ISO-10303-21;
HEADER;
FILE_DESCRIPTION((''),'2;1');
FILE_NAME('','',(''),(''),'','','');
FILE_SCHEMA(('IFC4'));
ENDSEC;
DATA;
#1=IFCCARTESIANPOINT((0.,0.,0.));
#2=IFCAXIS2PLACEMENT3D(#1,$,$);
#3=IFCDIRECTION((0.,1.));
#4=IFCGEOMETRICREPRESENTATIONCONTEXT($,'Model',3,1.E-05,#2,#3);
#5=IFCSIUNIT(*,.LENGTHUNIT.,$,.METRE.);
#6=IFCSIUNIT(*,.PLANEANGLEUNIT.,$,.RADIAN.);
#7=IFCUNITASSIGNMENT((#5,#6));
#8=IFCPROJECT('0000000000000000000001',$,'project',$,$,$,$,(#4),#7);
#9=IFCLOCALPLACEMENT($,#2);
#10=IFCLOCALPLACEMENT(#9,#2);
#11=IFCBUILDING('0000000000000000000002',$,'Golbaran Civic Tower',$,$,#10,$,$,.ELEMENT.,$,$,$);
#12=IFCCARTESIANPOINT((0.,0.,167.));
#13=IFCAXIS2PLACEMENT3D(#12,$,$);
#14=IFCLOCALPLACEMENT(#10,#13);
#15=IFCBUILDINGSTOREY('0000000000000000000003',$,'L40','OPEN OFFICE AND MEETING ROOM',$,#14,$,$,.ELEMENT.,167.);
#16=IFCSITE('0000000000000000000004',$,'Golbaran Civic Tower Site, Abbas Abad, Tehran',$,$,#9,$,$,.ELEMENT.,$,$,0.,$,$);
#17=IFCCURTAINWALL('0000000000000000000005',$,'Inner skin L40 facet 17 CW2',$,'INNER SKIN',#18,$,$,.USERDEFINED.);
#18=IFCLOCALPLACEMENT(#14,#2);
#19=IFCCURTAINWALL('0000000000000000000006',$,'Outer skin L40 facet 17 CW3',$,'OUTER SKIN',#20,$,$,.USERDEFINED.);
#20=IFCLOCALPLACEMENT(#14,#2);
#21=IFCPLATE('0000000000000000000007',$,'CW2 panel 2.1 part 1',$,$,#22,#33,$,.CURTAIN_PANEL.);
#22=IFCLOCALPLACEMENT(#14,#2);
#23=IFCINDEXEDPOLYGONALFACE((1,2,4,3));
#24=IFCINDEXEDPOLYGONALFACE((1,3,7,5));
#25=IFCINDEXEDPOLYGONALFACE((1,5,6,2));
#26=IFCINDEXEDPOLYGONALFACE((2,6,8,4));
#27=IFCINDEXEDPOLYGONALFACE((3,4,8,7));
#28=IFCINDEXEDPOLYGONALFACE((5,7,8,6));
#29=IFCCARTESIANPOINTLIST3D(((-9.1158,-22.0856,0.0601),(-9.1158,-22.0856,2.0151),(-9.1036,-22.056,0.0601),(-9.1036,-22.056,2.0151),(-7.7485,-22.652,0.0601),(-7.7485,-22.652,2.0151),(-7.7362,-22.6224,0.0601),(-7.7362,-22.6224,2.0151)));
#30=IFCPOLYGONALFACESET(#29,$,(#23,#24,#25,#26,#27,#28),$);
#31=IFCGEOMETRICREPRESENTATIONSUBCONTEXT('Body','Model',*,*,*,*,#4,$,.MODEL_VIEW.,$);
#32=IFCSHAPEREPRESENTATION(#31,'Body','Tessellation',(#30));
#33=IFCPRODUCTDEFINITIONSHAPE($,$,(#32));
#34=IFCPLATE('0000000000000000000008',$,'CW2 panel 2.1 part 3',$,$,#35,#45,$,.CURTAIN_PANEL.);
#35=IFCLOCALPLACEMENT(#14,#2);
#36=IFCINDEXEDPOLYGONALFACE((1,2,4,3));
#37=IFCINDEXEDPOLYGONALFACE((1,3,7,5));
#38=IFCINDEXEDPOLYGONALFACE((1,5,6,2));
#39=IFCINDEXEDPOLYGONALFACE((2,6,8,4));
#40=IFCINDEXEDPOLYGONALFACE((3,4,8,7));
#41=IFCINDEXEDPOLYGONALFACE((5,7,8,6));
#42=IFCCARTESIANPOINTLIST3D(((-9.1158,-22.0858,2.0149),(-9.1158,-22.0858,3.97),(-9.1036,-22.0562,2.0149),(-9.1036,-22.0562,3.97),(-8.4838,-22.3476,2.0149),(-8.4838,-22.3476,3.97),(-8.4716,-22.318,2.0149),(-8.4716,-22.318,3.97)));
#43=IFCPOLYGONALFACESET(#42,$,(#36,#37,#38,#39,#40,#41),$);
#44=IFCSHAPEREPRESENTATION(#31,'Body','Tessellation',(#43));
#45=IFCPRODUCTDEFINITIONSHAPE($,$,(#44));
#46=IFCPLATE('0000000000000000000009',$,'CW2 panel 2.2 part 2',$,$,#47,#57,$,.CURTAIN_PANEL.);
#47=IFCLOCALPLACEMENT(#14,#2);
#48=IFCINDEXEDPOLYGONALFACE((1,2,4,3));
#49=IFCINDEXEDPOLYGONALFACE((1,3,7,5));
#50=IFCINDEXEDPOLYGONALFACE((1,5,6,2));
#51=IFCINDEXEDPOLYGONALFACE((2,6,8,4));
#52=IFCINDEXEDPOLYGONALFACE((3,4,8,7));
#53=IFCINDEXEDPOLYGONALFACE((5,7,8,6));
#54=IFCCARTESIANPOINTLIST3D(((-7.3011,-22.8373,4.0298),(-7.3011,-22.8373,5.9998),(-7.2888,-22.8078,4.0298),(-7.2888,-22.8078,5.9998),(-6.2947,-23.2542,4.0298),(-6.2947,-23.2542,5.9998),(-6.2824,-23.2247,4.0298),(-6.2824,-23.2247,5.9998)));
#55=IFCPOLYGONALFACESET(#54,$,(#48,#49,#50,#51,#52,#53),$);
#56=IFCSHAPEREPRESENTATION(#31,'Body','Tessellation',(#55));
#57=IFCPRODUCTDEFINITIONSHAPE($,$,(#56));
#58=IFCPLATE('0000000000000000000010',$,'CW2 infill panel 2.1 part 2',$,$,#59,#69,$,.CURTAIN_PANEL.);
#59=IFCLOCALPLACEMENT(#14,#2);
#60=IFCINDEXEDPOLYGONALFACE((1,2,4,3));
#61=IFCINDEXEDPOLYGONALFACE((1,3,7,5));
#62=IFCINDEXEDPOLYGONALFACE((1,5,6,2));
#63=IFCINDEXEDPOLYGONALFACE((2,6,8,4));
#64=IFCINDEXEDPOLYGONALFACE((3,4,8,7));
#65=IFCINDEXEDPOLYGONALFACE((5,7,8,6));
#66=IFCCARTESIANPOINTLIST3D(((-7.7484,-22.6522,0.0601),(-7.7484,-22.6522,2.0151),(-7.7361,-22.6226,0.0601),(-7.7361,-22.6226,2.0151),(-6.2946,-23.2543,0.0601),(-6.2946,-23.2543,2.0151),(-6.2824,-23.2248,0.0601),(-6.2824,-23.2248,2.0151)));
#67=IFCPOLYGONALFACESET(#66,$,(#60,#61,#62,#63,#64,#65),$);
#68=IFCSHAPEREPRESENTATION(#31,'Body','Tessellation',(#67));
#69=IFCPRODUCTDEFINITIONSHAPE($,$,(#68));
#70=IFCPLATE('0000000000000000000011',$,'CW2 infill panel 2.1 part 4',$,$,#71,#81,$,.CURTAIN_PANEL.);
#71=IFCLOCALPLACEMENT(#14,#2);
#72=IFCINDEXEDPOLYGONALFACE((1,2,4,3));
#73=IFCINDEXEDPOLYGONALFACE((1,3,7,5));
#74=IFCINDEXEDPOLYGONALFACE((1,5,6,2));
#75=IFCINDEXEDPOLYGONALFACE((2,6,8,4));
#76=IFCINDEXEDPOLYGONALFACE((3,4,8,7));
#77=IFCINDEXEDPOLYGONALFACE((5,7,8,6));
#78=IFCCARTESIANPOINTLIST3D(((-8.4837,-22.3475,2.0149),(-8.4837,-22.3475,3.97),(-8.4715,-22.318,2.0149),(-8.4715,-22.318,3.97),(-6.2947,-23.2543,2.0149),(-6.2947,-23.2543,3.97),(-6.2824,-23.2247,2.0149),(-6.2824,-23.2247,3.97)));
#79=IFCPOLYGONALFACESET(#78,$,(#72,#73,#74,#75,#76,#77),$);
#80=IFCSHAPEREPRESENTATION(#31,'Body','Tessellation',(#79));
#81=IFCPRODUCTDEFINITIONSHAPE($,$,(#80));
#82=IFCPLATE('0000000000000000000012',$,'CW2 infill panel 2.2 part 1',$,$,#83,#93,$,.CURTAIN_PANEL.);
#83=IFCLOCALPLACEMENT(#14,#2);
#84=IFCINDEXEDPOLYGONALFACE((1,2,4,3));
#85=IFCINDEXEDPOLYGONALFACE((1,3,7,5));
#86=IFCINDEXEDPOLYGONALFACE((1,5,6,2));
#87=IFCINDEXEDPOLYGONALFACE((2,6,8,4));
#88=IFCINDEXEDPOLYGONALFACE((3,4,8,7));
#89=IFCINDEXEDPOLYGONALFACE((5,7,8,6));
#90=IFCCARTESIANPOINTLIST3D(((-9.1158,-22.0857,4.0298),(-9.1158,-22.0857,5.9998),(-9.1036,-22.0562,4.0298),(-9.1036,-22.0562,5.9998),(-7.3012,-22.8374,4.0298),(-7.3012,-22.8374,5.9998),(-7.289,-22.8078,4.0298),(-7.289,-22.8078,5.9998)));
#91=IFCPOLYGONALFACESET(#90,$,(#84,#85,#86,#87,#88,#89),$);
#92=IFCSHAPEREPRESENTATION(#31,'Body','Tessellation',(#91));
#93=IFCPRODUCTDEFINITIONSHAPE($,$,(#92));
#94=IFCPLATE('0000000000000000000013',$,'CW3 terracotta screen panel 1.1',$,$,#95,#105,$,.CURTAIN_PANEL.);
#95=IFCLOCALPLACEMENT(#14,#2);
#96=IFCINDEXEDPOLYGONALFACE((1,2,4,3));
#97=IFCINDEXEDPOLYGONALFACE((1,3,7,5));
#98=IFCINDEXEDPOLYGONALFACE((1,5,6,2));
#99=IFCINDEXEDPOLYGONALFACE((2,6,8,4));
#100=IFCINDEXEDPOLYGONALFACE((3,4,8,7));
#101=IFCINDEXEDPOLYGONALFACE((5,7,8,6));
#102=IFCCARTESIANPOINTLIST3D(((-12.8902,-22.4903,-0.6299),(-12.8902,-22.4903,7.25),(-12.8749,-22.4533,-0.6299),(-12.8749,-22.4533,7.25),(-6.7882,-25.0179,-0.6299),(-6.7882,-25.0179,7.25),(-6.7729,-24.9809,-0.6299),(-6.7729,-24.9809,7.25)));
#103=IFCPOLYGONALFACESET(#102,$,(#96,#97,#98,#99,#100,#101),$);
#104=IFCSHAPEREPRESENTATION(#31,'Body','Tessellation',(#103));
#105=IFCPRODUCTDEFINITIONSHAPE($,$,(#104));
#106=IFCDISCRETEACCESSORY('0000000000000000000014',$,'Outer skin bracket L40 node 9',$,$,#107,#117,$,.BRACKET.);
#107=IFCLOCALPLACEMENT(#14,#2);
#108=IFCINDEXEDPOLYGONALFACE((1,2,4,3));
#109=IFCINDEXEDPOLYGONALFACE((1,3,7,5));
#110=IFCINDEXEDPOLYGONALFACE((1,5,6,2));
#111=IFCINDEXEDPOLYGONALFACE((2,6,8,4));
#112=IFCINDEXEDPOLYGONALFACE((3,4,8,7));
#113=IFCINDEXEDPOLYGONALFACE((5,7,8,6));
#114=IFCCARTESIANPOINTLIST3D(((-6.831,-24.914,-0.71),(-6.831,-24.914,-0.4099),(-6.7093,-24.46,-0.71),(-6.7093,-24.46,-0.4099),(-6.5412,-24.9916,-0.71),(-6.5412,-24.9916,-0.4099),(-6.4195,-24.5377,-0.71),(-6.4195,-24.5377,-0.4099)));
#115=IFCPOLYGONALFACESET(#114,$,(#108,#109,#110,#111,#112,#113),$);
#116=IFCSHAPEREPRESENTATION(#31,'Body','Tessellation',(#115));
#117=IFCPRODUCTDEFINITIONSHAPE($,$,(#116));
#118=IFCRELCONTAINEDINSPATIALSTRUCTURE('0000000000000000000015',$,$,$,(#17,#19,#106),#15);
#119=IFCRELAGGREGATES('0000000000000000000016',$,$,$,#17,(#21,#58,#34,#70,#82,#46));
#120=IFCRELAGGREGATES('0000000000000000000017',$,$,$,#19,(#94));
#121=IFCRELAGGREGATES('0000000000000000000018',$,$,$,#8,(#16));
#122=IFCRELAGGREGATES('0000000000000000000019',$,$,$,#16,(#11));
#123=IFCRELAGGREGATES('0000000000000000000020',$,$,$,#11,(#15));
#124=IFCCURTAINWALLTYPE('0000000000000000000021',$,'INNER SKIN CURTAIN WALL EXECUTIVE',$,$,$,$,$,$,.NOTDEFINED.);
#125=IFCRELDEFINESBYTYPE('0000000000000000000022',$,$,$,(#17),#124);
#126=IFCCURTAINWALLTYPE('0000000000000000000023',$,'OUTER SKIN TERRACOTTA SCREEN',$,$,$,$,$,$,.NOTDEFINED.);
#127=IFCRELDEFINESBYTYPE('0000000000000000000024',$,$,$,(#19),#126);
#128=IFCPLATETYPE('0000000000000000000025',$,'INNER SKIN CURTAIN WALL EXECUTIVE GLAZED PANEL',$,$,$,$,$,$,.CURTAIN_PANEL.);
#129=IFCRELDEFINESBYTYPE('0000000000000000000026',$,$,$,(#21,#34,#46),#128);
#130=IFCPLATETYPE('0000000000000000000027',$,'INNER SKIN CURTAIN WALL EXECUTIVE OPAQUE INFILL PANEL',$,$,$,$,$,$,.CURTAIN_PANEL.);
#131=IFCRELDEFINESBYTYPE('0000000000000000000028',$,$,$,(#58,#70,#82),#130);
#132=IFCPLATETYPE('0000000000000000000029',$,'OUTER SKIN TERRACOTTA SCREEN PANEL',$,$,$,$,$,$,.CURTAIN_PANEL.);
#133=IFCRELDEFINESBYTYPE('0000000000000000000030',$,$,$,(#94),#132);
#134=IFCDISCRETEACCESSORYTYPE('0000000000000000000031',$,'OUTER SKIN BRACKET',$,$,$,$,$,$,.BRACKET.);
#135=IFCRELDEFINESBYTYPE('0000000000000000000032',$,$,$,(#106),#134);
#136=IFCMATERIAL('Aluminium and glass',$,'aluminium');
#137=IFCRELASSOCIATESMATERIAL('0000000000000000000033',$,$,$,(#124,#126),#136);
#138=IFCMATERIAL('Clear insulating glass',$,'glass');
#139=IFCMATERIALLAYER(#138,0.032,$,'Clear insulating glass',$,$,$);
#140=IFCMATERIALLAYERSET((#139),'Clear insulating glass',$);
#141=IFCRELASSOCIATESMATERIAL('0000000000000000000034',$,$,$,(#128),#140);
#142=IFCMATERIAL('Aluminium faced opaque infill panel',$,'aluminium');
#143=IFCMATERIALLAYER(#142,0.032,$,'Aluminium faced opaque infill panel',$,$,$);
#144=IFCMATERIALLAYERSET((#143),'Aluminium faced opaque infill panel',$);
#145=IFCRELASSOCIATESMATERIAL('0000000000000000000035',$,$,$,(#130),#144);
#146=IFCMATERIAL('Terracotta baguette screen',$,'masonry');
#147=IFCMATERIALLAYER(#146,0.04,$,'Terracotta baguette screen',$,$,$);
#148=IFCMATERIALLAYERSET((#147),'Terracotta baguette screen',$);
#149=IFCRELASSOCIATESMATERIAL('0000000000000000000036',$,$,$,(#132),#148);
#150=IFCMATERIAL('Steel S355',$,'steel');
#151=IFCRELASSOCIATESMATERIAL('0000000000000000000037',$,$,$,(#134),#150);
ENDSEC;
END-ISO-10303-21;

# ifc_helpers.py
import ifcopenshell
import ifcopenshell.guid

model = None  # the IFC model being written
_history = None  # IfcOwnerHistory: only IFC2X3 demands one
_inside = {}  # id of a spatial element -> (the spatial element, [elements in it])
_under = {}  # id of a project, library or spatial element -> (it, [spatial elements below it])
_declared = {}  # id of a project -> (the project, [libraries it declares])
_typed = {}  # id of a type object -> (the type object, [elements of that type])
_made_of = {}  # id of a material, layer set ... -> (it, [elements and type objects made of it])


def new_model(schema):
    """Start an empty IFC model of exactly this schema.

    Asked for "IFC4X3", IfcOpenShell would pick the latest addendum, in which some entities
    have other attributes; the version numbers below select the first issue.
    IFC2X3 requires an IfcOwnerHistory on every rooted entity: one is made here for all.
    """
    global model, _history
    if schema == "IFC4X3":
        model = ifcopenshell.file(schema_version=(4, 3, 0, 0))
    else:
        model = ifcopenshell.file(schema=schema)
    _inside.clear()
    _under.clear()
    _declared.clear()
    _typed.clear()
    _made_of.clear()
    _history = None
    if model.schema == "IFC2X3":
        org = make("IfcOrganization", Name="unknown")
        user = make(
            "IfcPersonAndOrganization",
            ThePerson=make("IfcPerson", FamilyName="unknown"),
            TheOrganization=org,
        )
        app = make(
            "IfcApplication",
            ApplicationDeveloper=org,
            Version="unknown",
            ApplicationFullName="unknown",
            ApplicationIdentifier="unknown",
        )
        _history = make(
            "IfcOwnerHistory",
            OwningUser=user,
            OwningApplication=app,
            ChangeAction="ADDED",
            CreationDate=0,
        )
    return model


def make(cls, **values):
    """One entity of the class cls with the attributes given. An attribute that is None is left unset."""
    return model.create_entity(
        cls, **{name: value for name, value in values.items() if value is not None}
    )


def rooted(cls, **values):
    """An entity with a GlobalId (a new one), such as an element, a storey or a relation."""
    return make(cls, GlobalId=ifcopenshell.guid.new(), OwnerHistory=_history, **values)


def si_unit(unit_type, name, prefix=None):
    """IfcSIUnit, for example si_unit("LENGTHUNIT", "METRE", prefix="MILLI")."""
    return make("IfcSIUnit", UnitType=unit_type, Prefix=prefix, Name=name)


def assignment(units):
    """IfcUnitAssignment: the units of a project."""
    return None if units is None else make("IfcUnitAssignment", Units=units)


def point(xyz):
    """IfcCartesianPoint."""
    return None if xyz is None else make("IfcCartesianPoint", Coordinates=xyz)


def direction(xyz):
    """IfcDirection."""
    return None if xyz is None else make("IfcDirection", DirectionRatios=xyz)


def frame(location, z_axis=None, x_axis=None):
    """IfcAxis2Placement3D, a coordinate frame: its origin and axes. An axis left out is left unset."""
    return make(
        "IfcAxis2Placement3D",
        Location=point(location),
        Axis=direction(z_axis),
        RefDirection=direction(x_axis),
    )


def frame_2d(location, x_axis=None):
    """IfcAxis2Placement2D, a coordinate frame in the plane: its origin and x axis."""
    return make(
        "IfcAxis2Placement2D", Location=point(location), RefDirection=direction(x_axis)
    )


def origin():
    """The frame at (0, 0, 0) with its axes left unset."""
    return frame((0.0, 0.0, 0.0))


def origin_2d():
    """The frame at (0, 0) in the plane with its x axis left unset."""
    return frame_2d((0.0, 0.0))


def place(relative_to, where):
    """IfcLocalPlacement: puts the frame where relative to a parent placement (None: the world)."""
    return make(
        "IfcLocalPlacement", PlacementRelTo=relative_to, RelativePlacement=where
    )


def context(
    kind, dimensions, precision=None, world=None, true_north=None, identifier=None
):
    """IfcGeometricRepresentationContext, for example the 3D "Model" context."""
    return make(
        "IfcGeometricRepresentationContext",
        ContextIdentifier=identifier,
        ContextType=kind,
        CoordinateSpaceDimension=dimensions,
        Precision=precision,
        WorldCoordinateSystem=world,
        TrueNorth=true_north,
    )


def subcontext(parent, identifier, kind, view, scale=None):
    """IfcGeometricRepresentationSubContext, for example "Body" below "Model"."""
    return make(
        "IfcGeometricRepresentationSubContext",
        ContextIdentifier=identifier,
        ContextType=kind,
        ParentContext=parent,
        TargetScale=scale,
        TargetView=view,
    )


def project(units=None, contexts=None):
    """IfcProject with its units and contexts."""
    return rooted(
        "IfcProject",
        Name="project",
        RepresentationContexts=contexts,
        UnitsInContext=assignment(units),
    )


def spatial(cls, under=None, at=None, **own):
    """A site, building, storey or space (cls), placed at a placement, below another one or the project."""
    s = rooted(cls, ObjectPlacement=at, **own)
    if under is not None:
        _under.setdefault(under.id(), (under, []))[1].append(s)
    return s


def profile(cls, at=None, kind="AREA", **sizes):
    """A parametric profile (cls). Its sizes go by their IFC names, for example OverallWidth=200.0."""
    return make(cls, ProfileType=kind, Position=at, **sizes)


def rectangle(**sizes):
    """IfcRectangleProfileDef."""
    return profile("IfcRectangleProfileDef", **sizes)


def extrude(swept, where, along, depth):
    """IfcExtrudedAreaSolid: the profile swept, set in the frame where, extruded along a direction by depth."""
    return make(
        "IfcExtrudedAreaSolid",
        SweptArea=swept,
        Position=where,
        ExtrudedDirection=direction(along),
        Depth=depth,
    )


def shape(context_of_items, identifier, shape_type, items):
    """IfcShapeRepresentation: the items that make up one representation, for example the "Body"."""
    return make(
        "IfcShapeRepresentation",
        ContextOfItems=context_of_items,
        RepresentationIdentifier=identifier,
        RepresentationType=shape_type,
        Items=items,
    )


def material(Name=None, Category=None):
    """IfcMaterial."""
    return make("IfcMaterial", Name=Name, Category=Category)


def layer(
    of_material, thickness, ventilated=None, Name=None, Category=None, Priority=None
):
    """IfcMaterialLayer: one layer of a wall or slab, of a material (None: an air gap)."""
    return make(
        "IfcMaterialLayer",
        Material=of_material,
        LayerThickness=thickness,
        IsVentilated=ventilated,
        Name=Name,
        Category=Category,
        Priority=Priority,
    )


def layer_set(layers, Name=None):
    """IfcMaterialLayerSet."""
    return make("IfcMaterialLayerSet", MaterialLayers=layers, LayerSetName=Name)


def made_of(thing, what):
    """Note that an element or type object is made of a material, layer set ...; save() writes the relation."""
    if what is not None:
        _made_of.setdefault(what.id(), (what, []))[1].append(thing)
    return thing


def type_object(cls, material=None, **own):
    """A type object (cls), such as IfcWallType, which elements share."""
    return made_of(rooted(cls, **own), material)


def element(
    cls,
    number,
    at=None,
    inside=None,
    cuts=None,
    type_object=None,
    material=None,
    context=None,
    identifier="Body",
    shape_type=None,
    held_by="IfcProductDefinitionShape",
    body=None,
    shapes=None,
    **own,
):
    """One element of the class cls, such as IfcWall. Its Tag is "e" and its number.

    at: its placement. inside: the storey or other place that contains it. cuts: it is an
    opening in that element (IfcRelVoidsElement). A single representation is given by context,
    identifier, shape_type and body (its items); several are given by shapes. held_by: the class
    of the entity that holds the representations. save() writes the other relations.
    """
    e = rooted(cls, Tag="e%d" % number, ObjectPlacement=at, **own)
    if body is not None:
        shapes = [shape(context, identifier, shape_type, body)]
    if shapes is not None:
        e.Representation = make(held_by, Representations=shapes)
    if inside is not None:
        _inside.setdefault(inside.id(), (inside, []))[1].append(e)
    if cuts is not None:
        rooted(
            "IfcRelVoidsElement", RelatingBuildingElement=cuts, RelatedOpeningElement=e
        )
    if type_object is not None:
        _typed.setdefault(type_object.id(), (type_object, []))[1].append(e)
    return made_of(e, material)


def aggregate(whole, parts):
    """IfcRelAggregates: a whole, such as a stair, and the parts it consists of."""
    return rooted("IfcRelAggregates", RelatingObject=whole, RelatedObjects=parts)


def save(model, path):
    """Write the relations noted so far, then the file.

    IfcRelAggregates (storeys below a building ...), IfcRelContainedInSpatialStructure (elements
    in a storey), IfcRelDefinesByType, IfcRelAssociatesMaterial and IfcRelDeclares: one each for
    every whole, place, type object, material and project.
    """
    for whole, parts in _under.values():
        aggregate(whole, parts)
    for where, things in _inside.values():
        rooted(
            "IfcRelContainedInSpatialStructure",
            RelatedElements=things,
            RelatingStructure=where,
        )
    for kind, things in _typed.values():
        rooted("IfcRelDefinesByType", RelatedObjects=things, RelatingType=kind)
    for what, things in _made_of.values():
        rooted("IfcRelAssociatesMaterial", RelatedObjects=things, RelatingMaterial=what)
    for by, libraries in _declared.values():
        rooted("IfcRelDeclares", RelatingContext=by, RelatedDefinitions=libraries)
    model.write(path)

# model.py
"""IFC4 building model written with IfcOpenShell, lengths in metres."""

from ifc_helpers import new_model, si_unit, direction, frame, origin, origin_2d, place, context, subcontext, project, spatial, rectangle, extrude, material, layer, layer_set, type_object, element, aggregate, save


model = new_model("IFC4")

# Units and contexts
model_context = context("Model", 3, precision=1e-05, world=origin(), true_north=direction((0.0, 1.0)))
body_context = subcontext(model_context, "Body", "Model", "MODEL_VIEW")
ifc_project = project(units=[si_unit("LENGTHUNIT", "METRE"), si_unit("PLANEANGLEUNIT", "RADIAN")], contexts=[model_context])

# Site, building, storey
site_placement = place(None, origin())
site = spatial("IfcSite", under=ifc_project, at=site_placement, Name="Golbaran Civic Tower Site, Abbas Abad, Tehran", CompositionType="ELEMENT", RefElevation=0.0)
building_placement = place(site_placement, origin())
building = spatial("IfcBuilding", under=site, at=building_placement, Name="Golbaran Civic Tower", CompositionType="ELEMENT")
storey_placement = place(building_placement, frame((0.0, 0.0, 167.0)))
storey = spatial("IfcBuildingStorey", under=building, at=storey_placement, Name="L40", Description="OPEN OFFICE AND MEETING ROOM", CompositionType="ELEMENT", Elevation=167.0)

# Shared definitions
ifc_material_1 = material(Name="Steel S355", Category="steel")

# Curtain wall
ifc_material_2 = material(Name="Aluminium and glass", Category="aluminium")
curtain_wall_type_1 = type_object("IfcCurtainWallType", Name="INNER SKIN CURTAIN WALL EXECUTIVE", PredefinedType="NOTDEFINED", material=ifc_material_2)
curtain_wall_1_placement = place(storey_placement, origin())
curtain_wall_1 = element("IfcCurtainWall", 1, at=curtain_wall_1_placement, inside=storey, type_object=curtain_wall_type_1, Name="Inner skin L40 facet 17 CW2", ObjectType="INNER SKIN", PredefinedType="USERDEFINED")

# Shared definitions
curtain_wall_type_2 = type_object("IfcCurtainWallType", Name="OUTER SKIN TERRACOTTA SCREEN", PredefinedType="NOTDEFINED", material=ifc_material_2)

# Curtain wall
curtain_wall_2_placement = place(storey_placement, origin())
curtain_wall_2 = element("IfcCurtainWall", 2, at=curtain_wall_2_placement, inside=storey, type_object=curtain_wall_type_2, Name="Outer skin L40 facet 17 CW3", ObjectType="OUTER SKIN", PredefinedType="USERDEFINED")

# Plates
ifc_material_3 = material(Name="Clear insulating glass", Category="glass")
ifc_layer_1 = layer(ifc_material_3, 0.032, Name="Clear insulating glass")
ifc_layer_set_1 = layer_set([ifc_layer_1], Name="Clear insulating glass")
plate_type_1 = type_object("IfcPlateType", Name="INNER SKIN CURTAIN WALL EXECUTIVE GLAZED PANEL", PredefinedType="CURTAIN_PANEL", material=ifc_layer_set_1)
plate_1_placement = place(storey_placement, frame((-8.426, -22.354, 0.0601), z_axis=(0.0, 0.0, 1.0), x_axis=(0.92388, -0.382683, 0.0)))
plate_1 = element("IfcPlate", 3, at=plate_1_placement, type_object=plate_type_1, Name="CW2 panel 2.1 part 1", PredefinedType="CURTAIN_PANEL", context=body_context, shape_type="SweptSolid", body=[
    extrude(rectangle(XDim=1.48, YDim=0.032, at=origin_2d()), origin(), (0.0, 0.0, 1.0), 1.9551),
])
plate_2_placement = place(storey_placement, frame((-8.7937, -22.2019, 2.0149), z_axis=(0.0, 0.0, 1.0), x_axis=(0.92388, -0.382683, 0.0)))
plate_2 = element("IfcPlate", 4, at=plate_2_placement, type_object=plate_type_1, Name="CW2 panel 2.1 part 3", PredefinedType="CURTAIN_PANEL", context=body_context, shape_type="SweptSolid", body=[
    extrude(rectangle(XDim=0.6841, YDim=0.032, at=origin_2d()), origin(), (0.0, 0.0, 1.0), 1.9551),
])
plate_3_placement = place(storey_placement, frame((-6.7917, -23.031, 4.0298), z_axis=(0.0, 0.0, 1.0), x_axis=(0.92388, -0.382683, 0.0)))
plate_3 = element("IfcPlate", 5, at=plate_3_placement, type_object=plate_type_1, Name="CW2 panel 2.2 part 2", PredefinedType="CURTAIN_PANEL", context=body_context, shape_type="SweptSolid", body=[
    extrude(rectangle(XDim=1.0894, YDim=0.032, at=origin_2d()), origin(), (0.0, 0.0, 1.0), 1.97),
])
ifc_material_4 = material(Name="Aluminium faced opaque infill panel", Category="aluminium")
ifc_layer_2 = layer(ifc_material_4, 0.032, Name="Aluminium faced opaque infill panel")
ifc_layer_set_2 = layer_set([ifc_layer_2], Name="Aluminium faced opaque infill panel")
plate_type_2 = type_object("IfcPlateType", Name="INNER SKIN CURTAIN WALL EXECUTIVE OPAQUE INFILL PANEL", PredefinedType="CURTAIN_PANEL", material=ifc_layer_set_2)
plate_4_placement = place(storey_placement, frame((-7.0154, -22.9385, 0.0601), z_axis=(0.0, 0.0, 1.0), x_axis=(0.92388, -0.382683, 0.0)))
plate_4 = element("IfcPlate", 6, at=plate_4_placement, type_object=plate_type_2, Name="CW2 infill panel 2.1 part 2", PredefinedType="CURTAIN_PANEL", context=body_context, shape_type="SweptSolid", body=[
    extrude(rectangle(XDim=1.5735, YDim=0.032, at=origin_2d()), origin(), (0.0, 0.0, 1.0), 1.9551),
])
plate_5_placement = place(storey_placement, frame((-7.3831, -22.7861, 2.0149), z_axis=(0.0, 0.0, 1.0), x_axis=(0.92388, -0.382683, 0.0)))
plate_5 = element("IfcPlate", 7, at=plate_5_placement, type_object=plate_type_2, Name="CW2 infill panel 2.1 part 4", PredefinedType="CURTAIN_PANEL", context=body_context, shape_type="SweptSolid", body=[
    extrude(rectangle(XDim=2.3694, YDim=0.032, at=origin_2d()), origin(), (0.0, 0.0, 1.0), 1.9551),
])
plate_6_placement = place(storey_placement, frame((-8.2024, -22.4468, 4.0298), z_axis=(0.0, 0.0, 1.0), x_axis=(0.92388, -0.382683, 0.0)))
plate_6 = element("IfcPlate", 8, at=plate_6_placement, type_object=plate_type_2, Name="CW2 infill panel 2.2 part 1", PredefinedType="CURTAIN_PANEL", context=body_context, shape_type="SweptSolid", body=[
    extrude(rectangle(XDim=1.9641, YDim=0.032, at=origin_2d()), origin(), (0.0, 0.0, 1.0), 1.97),
])
aggregate(curtain_wall_1, [plate_1, plate_4, plate_2, plate_5, plate_6, plate_3])
ifc_material_5 = material(Name="Terracotta baguette screen", Category="masonry")
ifc_layer_3 = layer(ifc_material_5, 0.04, Name="Terracotta baguette screen")
ifc_layer_set_3 = layer_set([ifc_layer_3], Name="Terracotta baguette screen")
plate_type_3 = type_object("IfcPlateType", Name="OUTER SKIN TERRACOTTA SCREEN PANEL", PredefinedType="CURTAIN_PANEL", material=ifc_layer_set_3)
plate_7_placement = place(storey_placement, frame((-9.8315, -23.7356, -0.6299), z_axis=(0.0, 0.0, 1.0), x_axis=(0.92388, -0.382683, 0.0)))
plate_7 = element("IfcPlate", 9, at=plate_7_placement, type_object=plate_type_3, Name="CW3 terracotta screen panel 1.1", PredefinedType="CURTAIN_PANEL", context=body_context, shape_type="SweptSolid", body=[
    extrude(rectangle(XDim=6.6047, YDim=0.04, at=origin_2d()), origin(), (0.0, 0.0, 1.0), 7.8799),
])
aggregate(curtain_wall_2, [plate_7])

# Discrete accessory
discrete_accessory_type = type_object("IfcDiscreteAccessoryType", Name="OUTER SKIN BRACKET", PredefinedType="BRACKET", material=ifc_material_1)
discrete_accessory_placement = place(storey_placement, frame((-6.6252, -24.7258, -0.71), z_axis=(0.0, 0.0, 1.0), x_axis=(-0.258819, -0.965926, 0.0)))
element("IfcDiscreteAccessory", 10, at=discrete_accessory_placement, inside=storey, type_object=discrete_accessory_type, Name="Outer skin bracket L40 node 9", PredefinedType="BRACKET", context=body_context, shape_type="SweptSolid", body=[
    extrude(rectangle(XDim=0.47, YDim=0.3, at=origin_2d()), origin(), (0.0, 0.0, 1.0), 0.3),
])

save(model, "model.ifc")
